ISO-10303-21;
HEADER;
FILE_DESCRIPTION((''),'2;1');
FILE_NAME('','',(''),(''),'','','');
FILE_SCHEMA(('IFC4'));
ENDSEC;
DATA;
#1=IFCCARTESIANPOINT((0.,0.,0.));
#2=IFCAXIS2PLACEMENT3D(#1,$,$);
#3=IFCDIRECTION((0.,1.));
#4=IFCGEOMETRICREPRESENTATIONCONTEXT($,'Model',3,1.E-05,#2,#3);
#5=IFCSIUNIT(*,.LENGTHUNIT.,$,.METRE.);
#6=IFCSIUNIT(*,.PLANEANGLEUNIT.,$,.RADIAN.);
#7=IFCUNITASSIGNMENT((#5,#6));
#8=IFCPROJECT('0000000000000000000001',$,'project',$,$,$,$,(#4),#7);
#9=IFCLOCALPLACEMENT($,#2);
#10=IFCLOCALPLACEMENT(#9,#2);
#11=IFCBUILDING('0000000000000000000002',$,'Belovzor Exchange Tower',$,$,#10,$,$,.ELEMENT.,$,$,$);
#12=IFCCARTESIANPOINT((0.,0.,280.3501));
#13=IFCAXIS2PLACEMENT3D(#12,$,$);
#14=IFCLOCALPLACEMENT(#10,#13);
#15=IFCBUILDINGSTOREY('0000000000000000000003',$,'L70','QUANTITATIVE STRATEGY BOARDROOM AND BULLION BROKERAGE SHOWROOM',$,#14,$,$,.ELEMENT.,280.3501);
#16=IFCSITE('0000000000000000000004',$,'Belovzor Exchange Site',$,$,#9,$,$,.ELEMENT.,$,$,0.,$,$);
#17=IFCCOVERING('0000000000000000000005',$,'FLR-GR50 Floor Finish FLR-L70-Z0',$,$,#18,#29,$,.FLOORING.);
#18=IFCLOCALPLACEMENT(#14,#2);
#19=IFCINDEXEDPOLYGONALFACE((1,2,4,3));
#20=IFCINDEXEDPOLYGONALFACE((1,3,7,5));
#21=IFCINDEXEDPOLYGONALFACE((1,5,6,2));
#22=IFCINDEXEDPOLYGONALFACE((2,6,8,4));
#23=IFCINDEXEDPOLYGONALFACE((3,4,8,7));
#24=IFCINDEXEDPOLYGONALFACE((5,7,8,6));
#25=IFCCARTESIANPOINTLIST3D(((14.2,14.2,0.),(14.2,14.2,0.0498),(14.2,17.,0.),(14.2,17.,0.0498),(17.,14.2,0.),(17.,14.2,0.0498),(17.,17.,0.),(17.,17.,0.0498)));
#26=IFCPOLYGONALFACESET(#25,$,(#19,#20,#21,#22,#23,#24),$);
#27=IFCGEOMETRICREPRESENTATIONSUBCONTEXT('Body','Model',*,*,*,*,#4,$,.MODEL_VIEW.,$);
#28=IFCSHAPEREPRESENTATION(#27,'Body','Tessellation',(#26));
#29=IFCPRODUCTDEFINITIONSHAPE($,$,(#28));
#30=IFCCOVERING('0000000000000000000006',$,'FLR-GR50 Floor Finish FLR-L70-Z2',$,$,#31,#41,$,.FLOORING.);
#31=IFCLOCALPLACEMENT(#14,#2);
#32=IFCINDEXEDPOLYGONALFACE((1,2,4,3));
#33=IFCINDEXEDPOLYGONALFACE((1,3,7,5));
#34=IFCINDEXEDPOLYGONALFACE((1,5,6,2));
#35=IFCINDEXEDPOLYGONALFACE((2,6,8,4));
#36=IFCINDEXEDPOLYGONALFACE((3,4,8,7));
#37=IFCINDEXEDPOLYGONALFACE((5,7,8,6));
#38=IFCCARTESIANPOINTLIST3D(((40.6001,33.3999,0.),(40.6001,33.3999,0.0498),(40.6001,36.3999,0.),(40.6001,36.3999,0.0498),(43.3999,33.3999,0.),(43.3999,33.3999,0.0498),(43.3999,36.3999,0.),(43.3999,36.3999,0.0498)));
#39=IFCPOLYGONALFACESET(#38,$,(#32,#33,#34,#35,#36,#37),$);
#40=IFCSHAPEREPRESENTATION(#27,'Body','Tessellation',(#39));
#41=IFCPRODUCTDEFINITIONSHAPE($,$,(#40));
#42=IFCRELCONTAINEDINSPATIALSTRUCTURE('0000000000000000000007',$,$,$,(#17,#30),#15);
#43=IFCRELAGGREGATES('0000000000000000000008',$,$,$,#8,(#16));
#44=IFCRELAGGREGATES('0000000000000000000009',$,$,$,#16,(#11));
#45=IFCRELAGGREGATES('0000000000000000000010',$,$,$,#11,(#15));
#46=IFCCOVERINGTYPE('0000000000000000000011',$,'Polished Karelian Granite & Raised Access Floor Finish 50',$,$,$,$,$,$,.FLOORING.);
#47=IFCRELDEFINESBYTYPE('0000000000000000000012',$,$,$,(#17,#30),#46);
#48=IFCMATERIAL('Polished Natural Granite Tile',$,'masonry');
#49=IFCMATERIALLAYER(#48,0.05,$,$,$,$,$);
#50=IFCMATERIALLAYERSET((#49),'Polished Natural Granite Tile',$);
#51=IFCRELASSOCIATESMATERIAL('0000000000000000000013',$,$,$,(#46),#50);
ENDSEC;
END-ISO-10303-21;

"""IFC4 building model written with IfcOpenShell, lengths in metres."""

from ifc_helpers import new_model, si_unit, direction, frame, origin, place, context, subcontext, project, spatial, polyline, outline, extrude, material, layer, layer_set, type_object, element, save


model = new_model("IFC4")

# Units and contexts
model_context = context("Model", 3, precision=1e-05, world=origin(), true_north=direction((0.0, 1.0)))
body_context = subcontext(model_context, "Body", "Model", "MODEL_VIEW")
ifc_project = project(units=[si_unit("LENGTHUNIT", "METRE"), si_unit("PLANEANGLEUNIT", "RADIAN")], contexts=[model_context])

# Site, building, storey
site_placement = place(None, origin())
site = spatial("IfcSite", under=ifc_project, at=site_placement, Name="Belovzor Exchange Site", CompositionType="ELEMENT", RefElevation=0.0)
building_placement = place(site_placement, origin())
building = spatial("IfcBuilding", under=site, at=building_placement, Name="Belovzor Exchange Tower", CompositionType="ELEMENT")
storey_placement = place(building_placement, frame((0.0, 0.0, 280.3501)))
storey = spatial("IfcBuildingStorey", under=building, at=storey_placement, Name="L70", Description="QUANTITATIVE STRATEGY BOARDROOM AND BULLION BROKERAGE SHOWROOM", CompositionType="ELEMENT", Elevation=280.3501)

# Coverings
ifc_material_1 = material(Name="Polished Natural Granite Tile", Category="masonry")
ifc_layer_1 = layer(ifc_material_1, 0.05)
ifc_layer_set_1 = layer_set([ifc_layer_1], Name="Polished Natural Granite Tile")
covering_type_1 = type_object("IfcCoveringType", Name="Polished Karelian Granite & Raised Access Floor Finish 50", PredefinedType="FLOORING", material=ifc_layer_set_1)
covering_1_placement = place(storey_placement, origin())
element("IfcCovering", 1, at=covering_1_placement, inside=storey, type_object=covering_type_1, Name="FLR-GR50 Floor Finish FLR-L70-Z0", PredefinedType="FLOORING", context=body_context, shape_type="SweptSolid", body=[
    extrude(outline(polyline([(14.2, 14.2), (17.0, 14.2), (17.0, 17.0), (14.2, 17.0), (14.2, 14.2)])), origin(), (0.0, 0.0, 1.0), 0.0498),
])
covering_2_placement = place(storey_placement, origin())
element("IfcCovering", 2, at=covering_2_placement, inside=storey, type_object=covering_type_1, Name="FLR-GR50 Floor Finish FLR-L70-Z2", PredefinedType="FLOORING", context=body_context, shape_type="SweptSolid", body=[
    extrude(outline(polyline([(40.6001, 33.3999), (43.3999, 33.3999), (43.3999, 36.3999), (40.6001, 36.3999), (40.6001, 33.3999)])), origin(), (0.0, 0.0, 1.0), 0.0498),
])

save(model, "model.ifc")
